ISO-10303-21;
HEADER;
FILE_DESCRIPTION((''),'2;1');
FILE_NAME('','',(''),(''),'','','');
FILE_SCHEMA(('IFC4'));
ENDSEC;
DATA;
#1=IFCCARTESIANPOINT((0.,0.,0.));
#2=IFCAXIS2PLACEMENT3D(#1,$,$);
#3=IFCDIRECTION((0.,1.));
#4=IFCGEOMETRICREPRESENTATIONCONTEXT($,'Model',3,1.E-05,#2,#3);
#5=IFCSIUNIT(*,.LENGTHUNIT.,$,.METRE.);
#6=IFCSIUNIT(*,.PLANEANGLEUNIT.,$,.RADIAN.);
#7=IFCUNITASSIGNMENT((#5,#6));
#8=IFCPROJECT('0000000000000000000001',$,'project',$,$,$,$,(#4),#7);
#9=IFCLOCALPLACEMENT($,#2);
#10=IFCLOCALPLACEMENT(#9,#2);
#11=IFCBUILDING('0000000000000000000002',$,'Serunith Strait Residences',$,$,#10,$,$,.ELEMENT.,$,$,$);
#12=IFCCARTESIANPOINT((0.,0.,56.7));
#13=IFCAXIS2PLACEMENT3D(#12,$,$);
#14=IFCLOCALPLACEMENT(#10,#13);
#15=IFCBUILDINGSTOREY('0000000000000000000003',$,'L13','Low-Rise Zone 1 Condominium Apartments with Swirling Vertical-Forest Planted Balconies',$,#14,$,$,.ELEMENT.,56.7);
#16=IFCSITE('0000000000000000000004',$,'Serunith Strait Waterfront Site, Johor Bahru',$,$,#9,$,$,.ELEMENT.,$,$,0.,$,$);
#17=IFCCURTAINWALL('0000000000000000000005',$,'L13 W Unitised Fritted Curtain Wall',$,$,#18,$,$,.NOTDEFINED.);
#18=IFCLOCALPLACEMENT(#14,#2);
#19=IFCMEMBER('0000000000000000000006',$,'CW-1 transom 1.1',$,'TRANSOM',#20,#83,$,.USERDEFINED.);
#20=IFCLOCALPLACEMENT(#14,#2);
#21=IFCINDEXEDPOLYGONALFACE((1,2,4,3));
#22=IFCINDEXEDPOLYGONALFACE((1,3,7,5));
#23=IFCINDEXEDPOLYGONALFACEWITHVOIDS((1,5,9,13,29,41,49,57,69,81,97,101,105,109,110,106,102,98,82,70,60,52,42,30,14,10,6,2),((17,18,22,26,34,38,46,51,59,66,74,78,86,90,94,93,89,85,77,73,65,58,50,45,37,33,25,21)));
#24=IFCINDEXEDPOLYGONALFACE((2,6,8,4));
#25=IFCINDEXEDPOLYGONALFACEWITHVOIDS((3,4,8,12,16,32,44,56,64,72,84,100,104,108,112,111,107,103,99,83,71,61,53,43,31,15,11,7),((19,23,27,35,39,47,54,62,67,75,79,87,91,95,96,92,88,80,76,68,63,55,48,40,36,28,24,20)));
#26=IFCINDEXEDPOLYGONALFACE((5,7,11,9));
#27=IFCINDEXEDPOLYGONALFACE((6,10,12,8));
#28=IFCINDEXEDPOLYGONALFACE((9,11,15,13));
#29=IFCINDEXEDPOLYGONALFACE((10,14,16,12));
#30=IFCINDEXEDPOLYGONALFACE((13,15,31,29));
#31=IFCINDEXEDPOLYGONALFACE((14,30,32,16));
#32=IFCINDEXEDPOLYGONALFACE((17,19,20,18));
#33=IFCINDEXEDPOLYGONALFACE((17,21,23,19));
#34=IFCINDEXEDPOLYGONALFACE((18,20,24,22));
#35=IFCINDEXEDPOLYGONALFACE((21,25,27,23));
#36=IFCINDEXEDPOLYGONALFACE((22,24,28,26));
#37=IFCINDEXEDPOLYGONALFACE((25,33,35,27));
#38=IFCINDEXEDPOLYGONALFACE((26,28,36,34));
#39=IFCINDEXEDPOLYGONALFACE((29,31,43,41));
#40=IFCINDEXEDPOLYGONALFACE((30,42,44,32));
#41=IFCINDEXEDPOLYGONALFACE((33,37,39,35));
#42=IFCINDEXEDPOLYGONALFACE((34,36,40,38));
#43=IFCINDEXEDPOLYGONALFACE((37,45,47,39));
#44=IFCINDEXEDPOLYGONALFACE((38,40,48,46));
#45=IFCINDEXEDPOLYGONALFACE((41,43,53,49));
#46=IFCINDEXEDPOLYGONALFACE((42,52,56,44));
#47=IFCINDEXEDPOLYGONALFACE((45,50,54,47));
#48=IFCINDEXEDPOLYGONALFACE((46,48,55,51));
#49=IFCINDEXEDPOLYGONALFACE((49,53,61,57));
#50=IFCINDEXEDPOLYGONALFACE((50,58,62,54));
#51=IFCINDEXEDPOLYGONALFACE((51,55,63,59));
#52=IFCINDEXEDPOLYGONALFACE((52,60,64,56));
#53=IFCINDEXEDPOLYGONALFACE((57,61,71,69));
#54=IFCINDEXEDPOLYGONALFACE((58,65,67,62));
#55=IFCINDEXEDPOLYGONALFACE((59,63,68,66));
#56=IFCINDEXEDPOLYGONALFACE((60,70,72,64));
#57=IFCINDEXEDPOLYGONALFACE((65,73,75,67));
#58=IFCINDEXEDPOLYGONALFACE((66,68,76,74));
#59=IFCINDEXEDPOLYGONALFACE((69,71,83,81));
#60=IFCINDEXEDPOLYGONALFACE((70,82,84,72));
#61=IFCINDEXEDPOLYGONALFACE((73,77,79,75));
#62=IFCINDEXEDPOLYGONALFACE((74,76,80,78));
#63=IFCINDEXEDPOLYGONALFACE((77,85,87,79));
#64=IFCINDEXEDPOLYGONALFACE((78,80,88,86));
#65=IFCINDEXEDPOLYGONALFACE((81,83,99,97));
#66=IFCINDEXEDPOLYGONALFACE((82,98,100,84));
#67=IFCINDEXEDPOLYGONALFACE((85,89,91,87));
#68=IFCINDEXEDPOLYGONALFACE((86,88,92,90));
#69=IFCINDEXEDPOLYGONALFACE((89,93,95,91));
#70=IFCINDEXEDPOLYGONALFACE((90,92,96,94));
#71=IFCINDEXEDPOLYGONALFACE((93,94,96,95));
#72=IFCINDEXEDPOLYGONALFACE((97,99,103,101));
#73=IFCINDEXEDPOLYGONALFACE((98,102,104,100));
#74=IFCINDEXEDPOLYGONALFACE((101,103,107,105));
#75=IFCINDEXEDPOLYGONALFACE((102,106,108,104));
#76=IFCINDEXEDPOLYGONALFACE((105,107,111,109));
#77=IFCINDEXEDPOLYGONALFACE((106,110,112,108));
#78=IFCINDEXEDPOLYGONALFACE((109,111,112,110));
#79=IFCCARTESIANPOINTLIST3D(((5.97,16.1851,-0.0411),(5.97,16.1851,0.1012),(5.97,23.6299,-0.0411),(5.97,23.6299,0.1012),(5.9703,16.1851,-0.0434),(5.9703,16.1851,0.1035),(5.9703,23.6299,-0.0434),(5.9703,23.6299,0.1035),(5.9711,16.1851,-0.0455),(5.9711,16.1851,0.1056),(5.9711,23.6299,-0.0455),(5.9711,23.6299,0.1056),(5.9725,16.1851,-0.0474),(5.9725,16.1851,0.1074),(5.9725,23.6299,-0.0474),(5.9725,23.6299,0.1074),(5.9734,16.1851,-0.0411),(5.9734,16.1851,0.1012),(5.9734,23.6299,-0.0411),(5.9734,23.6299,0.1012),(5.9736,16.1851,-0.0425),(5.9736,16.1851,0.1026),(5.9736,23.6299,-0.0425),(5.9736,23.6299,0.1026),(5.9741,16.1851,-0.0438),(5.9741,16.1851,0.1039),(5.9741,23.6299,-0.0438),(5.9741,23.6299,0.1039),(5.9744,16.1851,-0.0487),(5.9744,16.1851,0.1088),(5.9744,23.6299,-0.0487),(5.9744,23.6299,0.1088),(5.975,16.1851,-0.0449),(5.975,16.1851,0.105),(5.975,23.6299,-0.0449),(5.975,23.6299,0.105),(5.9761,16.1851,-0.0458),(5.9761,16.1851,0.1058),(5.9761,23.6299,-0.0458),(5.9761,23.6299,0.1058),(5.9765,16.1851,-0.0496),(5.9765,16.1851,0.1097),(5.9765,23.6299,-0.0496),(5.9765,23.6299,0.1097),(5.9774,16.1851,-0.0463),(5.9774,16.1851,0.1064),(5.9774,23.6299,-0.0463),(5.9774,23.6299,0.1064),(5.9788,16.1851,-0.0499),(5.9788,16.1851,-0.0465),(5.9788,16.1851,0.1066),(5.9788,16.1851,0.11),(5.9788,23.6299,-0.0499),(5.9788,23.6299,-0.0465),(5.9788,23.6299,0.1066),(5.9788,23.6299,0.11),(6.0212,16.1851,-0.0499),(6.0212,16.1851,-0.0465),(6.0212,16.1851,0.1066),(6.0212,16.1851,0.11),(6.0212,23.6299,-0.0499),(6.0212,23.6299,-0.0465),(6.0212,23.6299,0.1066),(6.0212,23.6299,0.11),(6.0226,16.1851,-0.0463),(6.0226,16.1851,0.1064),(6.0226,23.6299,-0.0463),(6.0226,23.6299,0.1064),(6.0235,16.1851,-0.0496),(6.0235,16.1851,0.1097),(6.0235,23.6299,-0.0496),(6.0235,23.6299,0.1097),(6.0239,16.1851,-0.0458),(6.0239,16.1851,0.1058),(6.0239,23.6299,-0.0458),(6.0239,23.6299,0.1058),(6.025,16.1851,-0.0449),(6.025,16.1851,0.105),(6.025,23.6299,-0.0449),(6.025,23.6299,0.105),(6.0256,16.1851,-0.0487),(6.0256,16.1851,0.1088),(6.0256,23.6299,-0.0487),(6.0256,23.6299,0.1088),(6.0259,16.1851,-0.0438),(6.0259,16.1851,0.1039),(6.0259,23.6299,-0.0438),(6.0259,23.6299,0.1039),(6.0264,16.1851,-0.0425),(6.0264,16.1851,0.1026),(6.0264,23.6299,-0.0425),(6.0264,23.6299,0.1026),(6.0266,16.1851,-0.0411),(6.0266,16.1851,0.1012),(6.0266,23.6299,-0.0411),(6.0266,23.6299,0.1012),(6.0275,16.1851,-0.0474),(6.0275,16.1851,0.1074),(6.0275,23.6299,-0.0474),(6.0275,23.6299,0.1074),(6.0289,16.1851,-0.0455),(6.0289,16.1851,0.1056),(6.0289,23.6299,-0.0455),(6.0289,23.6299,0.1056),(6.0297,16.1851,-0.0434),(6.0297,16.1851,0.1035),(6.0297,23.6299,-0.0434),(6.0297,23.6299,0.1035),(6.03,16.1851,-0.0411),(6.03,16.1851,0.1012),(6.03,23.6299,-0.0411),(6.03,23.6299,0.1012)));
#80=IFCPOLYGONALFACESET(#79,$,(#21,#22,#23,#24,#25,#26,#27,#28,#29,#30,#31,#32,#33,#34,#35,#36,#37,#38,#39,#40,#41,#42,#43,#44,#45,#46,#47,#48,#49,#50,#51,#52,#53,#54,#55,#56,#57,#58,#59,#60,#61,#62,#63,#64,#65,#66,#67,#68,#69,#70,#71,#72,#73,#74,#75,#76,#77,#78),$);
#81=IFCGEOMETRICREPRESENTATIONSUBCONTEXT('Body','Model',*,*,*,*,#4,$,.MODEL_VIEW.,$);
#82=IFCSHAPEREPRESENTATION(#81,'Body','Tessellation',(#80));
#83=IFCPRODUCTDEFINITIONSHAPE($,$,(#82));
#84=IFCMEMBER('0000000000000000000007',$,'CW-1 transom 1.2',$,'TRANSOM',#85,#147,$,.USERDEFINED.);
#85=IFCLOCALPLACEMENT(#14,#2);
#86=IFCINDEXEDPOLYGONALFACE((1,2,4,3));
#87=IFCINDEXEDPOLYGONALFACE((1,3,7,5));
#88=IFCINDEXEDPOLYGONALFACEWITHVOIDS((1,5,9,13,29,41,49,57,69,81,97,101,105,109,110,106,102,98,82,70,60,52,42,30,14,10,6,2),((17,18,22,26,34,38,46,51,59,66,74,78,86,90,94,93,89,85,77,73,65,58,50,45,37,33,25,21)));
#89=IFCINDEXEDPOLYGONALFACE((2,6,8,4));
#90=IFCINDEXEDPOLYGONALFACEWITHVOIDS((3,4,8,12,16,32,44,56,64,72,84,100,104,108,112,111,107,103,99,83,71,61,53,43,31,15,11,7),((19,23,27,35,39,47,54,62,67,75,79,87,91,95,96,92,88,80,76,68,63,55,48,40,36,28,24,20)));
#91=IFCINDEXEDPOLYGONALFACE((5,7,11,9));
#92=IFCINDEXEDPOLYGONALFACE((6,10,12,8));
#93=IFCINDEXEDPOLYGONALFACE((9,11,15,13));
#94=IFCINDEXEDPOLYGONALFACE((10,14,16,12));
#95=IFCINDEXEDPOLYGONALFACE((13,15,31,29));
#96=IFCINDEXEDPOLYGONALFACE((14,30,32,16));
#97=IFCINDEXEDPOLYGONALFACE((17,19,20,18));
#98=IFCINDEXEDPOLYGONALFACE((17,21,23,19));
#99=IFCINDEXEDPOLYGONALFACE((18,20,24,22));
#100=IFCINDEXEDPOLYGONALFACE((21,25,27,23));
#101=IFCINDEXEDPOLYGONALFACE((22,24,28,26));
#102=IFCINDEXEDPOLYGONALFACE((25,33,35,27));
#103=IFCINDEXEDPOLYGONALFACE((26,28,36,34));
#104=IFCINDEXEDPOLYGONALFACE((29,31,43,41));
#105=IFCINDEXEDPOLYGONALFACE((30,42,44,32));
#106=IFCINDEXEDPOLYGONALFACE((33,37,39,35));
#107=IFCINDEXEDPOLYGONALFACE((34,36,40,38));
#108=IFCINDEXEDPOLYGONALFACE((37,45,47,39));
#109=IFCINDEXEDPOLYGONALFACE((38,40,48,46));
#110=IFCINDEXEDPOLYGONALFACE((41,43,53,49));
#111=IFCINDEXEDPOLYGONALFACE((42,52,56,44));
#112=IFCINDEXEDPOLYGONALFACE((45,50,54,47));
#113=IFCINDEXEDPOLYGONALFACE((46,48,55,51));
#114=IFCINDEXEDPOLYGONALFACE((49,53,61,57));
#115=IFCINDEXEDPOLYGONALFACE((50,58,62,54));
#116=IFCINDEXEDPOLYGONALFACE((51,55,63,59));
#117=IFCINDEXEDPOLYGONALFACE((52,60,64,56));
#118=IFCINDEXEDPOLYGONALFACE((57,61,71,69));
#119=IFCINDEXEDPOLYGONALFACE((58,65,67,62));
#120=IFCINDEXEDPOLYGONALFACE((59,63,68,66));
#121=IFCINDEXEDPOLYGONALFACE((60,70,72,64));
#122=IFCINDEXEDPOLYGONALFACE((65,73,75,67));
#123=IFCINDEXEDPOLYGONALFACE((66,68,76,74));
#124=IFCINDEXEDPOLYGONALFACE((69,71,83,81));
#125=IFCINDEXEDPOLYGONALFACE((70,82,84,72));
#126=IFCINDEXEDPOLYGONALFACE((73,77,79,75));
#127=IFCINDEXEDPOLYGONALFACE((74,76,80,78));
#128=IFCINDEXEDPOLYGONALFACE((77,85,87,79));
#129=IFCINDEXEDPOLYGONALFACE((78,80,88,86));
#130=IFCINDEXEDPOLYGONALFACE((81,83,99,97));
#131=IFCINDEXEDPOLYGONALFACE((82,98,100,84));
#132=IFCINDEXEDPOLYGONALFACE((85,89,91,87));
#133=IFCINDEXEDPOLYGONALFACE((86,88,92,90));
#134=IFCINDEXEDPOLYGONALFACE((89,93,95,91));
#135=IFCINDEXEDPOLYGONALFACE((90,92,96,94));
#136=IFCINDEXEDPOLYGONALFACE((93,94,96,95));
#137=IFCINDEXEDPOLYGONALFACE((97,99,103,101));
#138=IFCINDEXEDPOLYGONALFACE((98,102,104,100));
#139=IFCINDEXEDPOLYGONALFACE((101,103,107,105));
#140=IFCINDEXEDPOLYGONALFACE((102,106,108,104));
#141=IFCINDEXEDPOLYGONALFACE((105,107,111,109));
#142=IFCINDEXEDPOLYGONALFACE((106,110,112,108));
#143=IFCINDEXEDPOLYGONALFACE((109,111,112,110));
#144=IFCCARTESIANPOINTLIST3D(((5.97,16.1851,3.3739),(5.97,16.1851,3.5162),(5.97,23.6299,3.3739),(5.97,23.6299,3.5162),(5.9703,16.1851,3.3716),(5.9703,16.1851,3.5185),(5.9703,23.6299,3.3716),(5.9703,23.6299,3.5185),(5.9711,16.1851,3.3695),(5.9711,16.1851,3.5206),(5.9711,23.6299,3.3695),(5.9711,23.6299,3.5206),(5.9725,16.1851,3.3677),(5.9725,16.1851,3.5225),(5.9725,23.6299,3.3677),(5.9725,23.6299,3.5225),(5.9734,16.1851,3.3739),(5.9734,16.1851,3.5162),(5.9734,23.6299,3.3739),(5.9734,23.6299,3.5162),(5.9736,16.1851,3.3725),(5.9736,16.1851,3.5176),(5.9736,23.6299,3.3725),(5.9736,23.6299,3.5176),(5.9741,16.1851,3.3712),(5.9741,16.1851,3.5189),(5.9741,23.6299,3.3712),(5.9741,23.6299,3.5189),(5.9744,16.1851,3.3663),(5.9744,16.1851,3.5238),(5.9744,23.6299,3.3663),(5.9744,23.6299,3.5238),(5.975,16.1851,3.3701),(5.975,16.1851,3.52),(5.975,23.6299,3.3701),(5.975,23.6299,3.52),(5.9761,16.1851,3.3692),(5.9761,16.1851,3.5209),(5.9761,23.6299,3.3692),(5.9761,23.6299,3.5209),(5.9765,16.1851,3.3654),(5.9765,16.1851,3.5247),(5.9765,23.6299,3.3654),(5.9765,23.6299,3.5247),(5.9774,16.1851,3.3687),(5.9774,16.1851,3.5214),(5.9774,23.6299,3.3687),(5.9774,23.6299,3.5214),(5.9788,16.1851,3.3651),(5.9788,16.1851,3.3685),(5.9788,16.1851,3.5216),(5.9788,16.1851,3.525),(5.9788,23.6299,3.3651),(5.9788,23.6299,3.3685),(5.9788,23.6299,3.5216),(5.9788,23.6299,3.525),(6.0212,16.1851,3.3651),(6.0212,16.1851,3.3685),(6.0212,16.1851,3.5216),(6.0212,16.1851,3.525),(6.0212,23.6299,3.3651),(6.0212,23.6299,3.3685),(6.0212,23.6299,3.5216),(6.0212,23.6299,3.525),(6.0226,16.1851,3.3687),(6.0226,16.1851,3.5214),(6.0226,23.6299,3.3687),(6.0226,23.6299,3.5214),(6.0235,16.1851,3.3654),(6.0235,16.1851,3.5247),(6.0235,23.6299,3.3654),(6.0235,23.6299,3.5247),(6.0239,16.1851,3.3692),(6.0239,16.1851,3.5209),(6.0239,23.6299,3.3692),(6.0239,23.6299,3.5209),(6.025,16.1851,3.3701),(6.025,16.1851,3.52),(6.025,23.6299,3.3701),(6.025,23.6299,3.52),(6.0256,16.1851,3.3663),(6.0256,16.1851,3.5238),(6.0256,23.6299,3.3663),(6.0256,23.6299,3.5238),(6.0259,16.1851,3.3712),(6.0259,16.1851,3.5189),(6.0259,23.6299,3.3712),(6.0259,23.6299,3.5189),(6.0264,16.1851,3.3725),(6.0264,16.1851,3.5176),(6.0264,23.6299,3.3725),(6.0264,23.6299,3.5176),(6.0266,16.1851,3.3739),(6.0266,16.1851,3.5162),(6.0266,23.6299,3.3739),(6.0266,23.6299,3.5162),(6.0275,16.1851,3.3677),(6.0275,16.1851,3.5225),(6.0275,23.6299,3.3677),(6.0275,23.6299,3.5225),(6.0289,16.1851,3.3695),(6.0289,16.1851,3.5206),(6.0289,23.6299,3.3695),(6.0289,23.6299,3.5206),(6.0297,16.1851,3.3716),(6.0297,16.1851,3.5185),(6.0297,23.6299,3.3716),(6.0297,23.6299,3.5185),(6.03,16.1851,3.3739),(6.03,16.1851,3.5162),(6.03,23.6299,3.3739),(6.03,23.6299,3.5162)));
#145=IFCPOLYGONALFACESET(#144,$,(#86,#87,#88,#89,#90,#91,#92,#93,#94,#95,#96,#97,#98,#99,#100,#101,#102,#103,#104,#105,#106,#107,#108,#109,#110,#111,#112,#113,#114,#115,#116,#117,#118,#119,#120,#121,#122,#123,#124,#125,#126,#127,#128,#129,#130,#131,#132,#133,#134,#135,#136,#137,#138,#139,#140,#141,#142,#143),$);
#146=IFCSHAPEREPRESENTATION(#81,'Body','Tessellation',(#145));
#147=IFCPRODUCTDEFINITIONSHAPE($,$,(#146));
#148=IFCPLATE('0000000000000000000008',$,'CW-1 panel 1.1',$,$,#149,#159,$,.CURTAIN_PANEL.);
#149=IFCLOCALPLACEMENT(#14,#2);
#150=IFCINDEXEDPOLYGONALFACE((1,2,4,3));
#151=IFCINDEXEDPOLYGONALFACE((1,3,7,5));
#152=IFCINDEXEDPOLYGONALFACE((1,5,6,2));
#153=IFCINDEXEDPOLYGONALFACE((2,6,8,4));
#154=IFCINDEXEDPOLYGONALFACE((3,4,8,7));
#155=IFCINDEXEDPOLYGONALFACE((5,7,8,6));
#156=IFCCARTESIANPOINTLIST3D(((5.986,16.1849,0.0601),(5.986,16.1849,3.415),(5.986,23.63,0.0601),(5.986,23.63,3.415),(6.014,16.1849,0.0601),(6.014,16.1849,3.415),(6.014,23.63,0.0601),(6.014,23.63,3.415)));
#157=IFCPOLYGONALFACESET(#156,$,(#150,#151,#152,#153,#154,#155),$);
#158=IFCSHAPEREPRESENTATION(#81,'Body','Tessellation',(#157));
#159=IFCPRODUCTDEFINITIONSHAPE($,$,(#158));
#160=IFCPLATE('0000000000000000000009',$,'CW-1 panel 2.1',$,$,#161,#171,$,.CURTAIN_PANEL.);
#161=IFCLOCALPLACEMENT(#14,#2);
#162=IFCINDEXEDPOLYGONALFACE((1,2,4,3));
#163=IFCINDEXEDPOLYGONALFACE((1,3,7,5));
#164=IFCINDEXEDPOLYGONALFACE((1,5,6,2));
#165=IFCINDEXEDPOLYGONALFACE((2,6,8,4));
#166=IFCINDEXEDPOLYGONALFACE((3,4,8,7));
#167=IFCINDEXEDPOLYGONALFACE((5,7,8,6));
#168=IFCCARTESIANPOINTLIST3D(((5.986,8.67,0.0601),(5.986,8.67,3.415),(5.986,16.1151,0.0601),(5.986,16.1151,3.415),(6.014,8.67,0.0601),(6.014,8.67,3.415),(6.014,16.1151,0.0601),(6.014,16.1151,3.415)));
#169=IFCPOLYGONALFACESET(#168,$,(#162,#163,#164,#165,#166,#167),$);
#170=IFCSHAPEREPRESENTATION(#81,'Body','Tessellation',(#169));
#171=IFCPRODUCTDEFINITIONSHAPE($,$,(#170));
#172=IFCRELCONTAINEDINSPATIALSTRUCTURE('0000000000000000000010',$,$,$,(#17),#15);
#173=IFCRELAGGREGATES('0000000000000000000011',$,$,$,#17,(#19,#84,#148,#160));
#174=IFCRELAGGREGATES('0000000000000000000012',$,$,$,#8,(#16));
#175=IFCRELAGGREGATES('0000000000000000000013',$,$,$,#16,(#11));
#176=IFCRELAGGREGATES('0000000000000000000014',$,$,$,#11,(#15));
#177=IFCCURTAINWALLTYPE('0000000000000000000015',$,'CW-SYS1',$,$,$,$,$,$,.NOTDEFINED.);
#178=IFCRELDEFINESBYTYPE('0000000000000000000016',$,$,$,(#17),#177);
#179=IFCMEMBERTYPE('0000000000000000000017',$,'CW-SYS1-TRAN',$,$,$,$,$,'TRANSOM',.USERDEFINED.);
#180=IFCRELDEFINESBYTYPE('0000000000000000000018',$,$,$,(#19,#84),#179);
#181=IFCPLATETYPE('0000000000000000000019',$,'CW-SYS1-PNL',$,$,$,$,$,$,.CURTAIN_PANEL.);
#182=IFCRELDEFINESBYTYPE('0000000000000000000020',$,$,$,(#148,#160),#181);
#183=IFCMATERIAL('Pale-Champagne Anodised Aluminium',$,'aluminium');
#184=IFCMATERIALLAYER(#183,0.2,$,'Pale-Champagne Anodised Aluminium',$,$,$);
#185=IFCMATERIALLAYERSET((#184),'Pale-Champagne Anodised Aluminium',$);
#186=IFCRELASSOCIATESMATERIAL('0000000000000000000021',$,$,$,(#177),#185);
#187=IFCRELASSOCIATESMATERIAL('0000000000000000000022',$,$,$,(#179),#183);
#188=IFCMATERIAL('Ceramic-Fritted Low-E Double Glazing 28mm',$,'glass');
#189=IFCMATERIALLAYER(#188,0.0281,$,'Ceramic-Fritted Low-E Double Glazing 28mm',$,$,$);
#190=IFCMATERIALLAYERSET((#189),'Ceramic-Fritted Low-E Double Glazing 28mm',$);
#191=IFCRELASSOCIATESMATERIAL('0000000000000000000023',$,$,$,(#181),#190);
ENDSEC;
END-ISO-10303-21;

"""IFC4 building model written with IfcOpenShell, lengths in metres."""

from ifc_helpers import new_model, si_unit, direction, frame, origin, origin_2d, place, context, subcontext, project, spatial, rectangle, hollow_rectangle, extrude, source, transform, mapped, material, layer, layer_set, material_profile, profile_set, type_object, element, aggregate, save


model = new_model("IFC4")

# Units and contexts
model_context = context("Model", 3, precision=1e-05, world=origin(), true_north=direction((0.0, 1.0)))
body_context = subcontext(model_context, "Body", "Model", "MODEL_VIEW")
ifc_project = project(units=[si_unit("LENGTHUNIT", "METRE"), si_unit("PLANEANGLEUNIT", "RADIAN")], contexts=[model_context])

# Site, building, storey
site_placement = place(None, origin())
site = spatial("IfcSite", under=ifc_project, at=site_placement, Name="Serunith Strait Waterfront Site, Johor Bahru", CompositionType="ELEMENT", RefElevation=0.0)
building_placement = place(site_placement, origin())
building = spatial("IfcBuilding", under=site, at=building_placement, Name="Serunith Strait Residences", CompositionType="ELEMENT")
storey_placement = place(building_placement, frame((0.0, 0.0, 56.7)))
storey = spatial("IfcBuildingStorey", under=building, at=storey_placement, Name="L13", Description="Low-Rise Zone 1 Condominium Apartments with Swirling Vertical-Forest Planted Balconies", CompositionType="ELEMENT", Elevation=56.7)

# Curtain wall, members, plates
ifc_material_1 = material(Name="Pale-Champagne Anodised Aluminium", Category="aluminium")
ifc_layer_1 = layer(ifc_material_1, 0.2, Name="Pale-Champagne Anodised Aluminium")
ifc_layer_set_1 = layer_set([ifc_layer_1], Name="Pale-Champagne Anodised Aluminium")
curtain_wall_type = type_object("IfcCurtainWallType", Name="CW-SYS1", PredefinedType="NOTDEFINED", material=ifc_layer_set_1)
curtain_wall_placement = place(storey_placement, origin())
curtain_wall = element("IfcCurtainWall", 1, at=curtain_wall_placement, inside=storey, type_object=curtain_wall_type, Name="L13 W Unitised Fritted Curtain Wall", PredefinedType="NOTDEFINED")
ifc_material_profile_1 = material_profile(ifc_material_1, hollow_rectangle(XDim=0.0601, YDim=0.1599, WallThickness=0.0034, InnerFilletRadius=0.0054, OuterFilletRadius=0.0088, at=origin_2d()), Name="ALU 160x60x3.5")
ifc_profile_set_1 = profile_set([ifc_material_profile_1], Name="Pale-Champagne Anodised Aluminium")
member_type_1 = type_object("IfcMemberType", Name="CW-SYS1-TRAN", ElementType="TRANSOM", PredefinedType="USERDEFINED", material=ifc_profile_set_1)
shared_shape_1 = source(origin(), body_context, "Body", "SweptSolid", [
    extrude(hollow_rectangle(XDim=0.0601, YDim=0.1599, WallThickness=0.0034, InnerFilletRadius=0.0054, OuterFilletRadius=0.0088, at=origin_2d()), origin(), (0.0, 0.0, 1.0), 7.4448),
])
member_1_placement = place(storey_placement, frame((6.0, 23.6299, 0.03), z_axis=(0.0, -1.0, 0.0), x_axis=(1.0, 0.0, 0.0)))
member_1 = element("IfcMember", 2, at=member_1_placement, type_object=member_type_1, Name="CW-1 transom 1.1", ObjectType="TRANSOM", PredefinedType="USERDEFINED", context=body_context, shape_type="MappedRepresentation", body=[
    mapped(shared_shape_1, transform((0.0, 0.0, 0.0), scale=1.0)),
])
member_2_placement = place(storey_placement, frame((6.0, 23.6299, 3.4451), z_axis=(0.0, -1.0, 0.0), x_axis=(1.0, 0.0, 0.0)))
member_2 = element("IfcMember", 3, at=member_2_placement, type_object=member_type_1, Name="CW-1 transom 1.2", ObjectType="TRANSOM", PredefinedType="USERDEFINED", context=body_context, shape_type="MappedRepresentation", body=[
    mapped(shared_shape_1, transform((0.0, 0.0, 0.0), scale=1.0)),
])
ifc_material_2 = material(Name="Ceramic-Fritted Low-E Double Glazing 28mm", Category="glass")
ifc_layer_2 = layer(ifc_material_2, 0.0281, Name="Ceramic-Fritted Low-E Double Glazing 28mm")
ifc_layer_set_2 = layer_set([ifc_layer_2], Name="Ceramic-Fritted Low-E Double Glazing 28mm")
plate_type = type_object("IfcPlateType", Name="CW-SYS1-PNL", PredefinedType="CURTAIN_PANEL", material=ifc_layer_set_2)
shared_shape_2 = source(origin(), body_context, "Body", "SweptSolid", [
    extrude(rectangle(XDim=7.4451, YDim=0.0281, at=origin_2d()), origin(), (0.0, 0.0, 1.0), 3.355),
])
plate_1_placement = place(storey_placement, frame((6.0, 19.9075, 0.0601), z_axis=(0.0, 0.0, 1.0), x_axis=(0.0, -1.0, 0.0)))
plate_1 = element("IfcPlate", 4, at=plate_1_placement, type_object=plate_type, Name="CW-1 panel 1.1", PredefinedType="CURTAIN_PANEL", context=body_context, shape_type="MappedRepresentation", body=[
    mapped(shared_shape_2, transform((0.0, 0.0, 0.0), scale=1.0)),
])
plate_2_placement = place(storey_placement, frame((6.0, 12.3926, 0.0601), z_axis=(0.0, 0.0, 1.0), x_axis=(0.0, -1.0, 0.0)))
plate_2 = element("IfcPlate", 5, at=plate_2_placement, type_object=plate_type, Name="CW-1 panel 2.1", PredefinedType="CURTAIN_PANEL", context=body_context, shape_type="MappedRepresentation", body=[
    mapped(shared_shape_2, transform((0.0, 0.0, 0.0), scale=1.0)),
])
aggregate(curtain_wall, [member_1, member_2, plate_1, plate_2])

save(model, "model.ifc")
